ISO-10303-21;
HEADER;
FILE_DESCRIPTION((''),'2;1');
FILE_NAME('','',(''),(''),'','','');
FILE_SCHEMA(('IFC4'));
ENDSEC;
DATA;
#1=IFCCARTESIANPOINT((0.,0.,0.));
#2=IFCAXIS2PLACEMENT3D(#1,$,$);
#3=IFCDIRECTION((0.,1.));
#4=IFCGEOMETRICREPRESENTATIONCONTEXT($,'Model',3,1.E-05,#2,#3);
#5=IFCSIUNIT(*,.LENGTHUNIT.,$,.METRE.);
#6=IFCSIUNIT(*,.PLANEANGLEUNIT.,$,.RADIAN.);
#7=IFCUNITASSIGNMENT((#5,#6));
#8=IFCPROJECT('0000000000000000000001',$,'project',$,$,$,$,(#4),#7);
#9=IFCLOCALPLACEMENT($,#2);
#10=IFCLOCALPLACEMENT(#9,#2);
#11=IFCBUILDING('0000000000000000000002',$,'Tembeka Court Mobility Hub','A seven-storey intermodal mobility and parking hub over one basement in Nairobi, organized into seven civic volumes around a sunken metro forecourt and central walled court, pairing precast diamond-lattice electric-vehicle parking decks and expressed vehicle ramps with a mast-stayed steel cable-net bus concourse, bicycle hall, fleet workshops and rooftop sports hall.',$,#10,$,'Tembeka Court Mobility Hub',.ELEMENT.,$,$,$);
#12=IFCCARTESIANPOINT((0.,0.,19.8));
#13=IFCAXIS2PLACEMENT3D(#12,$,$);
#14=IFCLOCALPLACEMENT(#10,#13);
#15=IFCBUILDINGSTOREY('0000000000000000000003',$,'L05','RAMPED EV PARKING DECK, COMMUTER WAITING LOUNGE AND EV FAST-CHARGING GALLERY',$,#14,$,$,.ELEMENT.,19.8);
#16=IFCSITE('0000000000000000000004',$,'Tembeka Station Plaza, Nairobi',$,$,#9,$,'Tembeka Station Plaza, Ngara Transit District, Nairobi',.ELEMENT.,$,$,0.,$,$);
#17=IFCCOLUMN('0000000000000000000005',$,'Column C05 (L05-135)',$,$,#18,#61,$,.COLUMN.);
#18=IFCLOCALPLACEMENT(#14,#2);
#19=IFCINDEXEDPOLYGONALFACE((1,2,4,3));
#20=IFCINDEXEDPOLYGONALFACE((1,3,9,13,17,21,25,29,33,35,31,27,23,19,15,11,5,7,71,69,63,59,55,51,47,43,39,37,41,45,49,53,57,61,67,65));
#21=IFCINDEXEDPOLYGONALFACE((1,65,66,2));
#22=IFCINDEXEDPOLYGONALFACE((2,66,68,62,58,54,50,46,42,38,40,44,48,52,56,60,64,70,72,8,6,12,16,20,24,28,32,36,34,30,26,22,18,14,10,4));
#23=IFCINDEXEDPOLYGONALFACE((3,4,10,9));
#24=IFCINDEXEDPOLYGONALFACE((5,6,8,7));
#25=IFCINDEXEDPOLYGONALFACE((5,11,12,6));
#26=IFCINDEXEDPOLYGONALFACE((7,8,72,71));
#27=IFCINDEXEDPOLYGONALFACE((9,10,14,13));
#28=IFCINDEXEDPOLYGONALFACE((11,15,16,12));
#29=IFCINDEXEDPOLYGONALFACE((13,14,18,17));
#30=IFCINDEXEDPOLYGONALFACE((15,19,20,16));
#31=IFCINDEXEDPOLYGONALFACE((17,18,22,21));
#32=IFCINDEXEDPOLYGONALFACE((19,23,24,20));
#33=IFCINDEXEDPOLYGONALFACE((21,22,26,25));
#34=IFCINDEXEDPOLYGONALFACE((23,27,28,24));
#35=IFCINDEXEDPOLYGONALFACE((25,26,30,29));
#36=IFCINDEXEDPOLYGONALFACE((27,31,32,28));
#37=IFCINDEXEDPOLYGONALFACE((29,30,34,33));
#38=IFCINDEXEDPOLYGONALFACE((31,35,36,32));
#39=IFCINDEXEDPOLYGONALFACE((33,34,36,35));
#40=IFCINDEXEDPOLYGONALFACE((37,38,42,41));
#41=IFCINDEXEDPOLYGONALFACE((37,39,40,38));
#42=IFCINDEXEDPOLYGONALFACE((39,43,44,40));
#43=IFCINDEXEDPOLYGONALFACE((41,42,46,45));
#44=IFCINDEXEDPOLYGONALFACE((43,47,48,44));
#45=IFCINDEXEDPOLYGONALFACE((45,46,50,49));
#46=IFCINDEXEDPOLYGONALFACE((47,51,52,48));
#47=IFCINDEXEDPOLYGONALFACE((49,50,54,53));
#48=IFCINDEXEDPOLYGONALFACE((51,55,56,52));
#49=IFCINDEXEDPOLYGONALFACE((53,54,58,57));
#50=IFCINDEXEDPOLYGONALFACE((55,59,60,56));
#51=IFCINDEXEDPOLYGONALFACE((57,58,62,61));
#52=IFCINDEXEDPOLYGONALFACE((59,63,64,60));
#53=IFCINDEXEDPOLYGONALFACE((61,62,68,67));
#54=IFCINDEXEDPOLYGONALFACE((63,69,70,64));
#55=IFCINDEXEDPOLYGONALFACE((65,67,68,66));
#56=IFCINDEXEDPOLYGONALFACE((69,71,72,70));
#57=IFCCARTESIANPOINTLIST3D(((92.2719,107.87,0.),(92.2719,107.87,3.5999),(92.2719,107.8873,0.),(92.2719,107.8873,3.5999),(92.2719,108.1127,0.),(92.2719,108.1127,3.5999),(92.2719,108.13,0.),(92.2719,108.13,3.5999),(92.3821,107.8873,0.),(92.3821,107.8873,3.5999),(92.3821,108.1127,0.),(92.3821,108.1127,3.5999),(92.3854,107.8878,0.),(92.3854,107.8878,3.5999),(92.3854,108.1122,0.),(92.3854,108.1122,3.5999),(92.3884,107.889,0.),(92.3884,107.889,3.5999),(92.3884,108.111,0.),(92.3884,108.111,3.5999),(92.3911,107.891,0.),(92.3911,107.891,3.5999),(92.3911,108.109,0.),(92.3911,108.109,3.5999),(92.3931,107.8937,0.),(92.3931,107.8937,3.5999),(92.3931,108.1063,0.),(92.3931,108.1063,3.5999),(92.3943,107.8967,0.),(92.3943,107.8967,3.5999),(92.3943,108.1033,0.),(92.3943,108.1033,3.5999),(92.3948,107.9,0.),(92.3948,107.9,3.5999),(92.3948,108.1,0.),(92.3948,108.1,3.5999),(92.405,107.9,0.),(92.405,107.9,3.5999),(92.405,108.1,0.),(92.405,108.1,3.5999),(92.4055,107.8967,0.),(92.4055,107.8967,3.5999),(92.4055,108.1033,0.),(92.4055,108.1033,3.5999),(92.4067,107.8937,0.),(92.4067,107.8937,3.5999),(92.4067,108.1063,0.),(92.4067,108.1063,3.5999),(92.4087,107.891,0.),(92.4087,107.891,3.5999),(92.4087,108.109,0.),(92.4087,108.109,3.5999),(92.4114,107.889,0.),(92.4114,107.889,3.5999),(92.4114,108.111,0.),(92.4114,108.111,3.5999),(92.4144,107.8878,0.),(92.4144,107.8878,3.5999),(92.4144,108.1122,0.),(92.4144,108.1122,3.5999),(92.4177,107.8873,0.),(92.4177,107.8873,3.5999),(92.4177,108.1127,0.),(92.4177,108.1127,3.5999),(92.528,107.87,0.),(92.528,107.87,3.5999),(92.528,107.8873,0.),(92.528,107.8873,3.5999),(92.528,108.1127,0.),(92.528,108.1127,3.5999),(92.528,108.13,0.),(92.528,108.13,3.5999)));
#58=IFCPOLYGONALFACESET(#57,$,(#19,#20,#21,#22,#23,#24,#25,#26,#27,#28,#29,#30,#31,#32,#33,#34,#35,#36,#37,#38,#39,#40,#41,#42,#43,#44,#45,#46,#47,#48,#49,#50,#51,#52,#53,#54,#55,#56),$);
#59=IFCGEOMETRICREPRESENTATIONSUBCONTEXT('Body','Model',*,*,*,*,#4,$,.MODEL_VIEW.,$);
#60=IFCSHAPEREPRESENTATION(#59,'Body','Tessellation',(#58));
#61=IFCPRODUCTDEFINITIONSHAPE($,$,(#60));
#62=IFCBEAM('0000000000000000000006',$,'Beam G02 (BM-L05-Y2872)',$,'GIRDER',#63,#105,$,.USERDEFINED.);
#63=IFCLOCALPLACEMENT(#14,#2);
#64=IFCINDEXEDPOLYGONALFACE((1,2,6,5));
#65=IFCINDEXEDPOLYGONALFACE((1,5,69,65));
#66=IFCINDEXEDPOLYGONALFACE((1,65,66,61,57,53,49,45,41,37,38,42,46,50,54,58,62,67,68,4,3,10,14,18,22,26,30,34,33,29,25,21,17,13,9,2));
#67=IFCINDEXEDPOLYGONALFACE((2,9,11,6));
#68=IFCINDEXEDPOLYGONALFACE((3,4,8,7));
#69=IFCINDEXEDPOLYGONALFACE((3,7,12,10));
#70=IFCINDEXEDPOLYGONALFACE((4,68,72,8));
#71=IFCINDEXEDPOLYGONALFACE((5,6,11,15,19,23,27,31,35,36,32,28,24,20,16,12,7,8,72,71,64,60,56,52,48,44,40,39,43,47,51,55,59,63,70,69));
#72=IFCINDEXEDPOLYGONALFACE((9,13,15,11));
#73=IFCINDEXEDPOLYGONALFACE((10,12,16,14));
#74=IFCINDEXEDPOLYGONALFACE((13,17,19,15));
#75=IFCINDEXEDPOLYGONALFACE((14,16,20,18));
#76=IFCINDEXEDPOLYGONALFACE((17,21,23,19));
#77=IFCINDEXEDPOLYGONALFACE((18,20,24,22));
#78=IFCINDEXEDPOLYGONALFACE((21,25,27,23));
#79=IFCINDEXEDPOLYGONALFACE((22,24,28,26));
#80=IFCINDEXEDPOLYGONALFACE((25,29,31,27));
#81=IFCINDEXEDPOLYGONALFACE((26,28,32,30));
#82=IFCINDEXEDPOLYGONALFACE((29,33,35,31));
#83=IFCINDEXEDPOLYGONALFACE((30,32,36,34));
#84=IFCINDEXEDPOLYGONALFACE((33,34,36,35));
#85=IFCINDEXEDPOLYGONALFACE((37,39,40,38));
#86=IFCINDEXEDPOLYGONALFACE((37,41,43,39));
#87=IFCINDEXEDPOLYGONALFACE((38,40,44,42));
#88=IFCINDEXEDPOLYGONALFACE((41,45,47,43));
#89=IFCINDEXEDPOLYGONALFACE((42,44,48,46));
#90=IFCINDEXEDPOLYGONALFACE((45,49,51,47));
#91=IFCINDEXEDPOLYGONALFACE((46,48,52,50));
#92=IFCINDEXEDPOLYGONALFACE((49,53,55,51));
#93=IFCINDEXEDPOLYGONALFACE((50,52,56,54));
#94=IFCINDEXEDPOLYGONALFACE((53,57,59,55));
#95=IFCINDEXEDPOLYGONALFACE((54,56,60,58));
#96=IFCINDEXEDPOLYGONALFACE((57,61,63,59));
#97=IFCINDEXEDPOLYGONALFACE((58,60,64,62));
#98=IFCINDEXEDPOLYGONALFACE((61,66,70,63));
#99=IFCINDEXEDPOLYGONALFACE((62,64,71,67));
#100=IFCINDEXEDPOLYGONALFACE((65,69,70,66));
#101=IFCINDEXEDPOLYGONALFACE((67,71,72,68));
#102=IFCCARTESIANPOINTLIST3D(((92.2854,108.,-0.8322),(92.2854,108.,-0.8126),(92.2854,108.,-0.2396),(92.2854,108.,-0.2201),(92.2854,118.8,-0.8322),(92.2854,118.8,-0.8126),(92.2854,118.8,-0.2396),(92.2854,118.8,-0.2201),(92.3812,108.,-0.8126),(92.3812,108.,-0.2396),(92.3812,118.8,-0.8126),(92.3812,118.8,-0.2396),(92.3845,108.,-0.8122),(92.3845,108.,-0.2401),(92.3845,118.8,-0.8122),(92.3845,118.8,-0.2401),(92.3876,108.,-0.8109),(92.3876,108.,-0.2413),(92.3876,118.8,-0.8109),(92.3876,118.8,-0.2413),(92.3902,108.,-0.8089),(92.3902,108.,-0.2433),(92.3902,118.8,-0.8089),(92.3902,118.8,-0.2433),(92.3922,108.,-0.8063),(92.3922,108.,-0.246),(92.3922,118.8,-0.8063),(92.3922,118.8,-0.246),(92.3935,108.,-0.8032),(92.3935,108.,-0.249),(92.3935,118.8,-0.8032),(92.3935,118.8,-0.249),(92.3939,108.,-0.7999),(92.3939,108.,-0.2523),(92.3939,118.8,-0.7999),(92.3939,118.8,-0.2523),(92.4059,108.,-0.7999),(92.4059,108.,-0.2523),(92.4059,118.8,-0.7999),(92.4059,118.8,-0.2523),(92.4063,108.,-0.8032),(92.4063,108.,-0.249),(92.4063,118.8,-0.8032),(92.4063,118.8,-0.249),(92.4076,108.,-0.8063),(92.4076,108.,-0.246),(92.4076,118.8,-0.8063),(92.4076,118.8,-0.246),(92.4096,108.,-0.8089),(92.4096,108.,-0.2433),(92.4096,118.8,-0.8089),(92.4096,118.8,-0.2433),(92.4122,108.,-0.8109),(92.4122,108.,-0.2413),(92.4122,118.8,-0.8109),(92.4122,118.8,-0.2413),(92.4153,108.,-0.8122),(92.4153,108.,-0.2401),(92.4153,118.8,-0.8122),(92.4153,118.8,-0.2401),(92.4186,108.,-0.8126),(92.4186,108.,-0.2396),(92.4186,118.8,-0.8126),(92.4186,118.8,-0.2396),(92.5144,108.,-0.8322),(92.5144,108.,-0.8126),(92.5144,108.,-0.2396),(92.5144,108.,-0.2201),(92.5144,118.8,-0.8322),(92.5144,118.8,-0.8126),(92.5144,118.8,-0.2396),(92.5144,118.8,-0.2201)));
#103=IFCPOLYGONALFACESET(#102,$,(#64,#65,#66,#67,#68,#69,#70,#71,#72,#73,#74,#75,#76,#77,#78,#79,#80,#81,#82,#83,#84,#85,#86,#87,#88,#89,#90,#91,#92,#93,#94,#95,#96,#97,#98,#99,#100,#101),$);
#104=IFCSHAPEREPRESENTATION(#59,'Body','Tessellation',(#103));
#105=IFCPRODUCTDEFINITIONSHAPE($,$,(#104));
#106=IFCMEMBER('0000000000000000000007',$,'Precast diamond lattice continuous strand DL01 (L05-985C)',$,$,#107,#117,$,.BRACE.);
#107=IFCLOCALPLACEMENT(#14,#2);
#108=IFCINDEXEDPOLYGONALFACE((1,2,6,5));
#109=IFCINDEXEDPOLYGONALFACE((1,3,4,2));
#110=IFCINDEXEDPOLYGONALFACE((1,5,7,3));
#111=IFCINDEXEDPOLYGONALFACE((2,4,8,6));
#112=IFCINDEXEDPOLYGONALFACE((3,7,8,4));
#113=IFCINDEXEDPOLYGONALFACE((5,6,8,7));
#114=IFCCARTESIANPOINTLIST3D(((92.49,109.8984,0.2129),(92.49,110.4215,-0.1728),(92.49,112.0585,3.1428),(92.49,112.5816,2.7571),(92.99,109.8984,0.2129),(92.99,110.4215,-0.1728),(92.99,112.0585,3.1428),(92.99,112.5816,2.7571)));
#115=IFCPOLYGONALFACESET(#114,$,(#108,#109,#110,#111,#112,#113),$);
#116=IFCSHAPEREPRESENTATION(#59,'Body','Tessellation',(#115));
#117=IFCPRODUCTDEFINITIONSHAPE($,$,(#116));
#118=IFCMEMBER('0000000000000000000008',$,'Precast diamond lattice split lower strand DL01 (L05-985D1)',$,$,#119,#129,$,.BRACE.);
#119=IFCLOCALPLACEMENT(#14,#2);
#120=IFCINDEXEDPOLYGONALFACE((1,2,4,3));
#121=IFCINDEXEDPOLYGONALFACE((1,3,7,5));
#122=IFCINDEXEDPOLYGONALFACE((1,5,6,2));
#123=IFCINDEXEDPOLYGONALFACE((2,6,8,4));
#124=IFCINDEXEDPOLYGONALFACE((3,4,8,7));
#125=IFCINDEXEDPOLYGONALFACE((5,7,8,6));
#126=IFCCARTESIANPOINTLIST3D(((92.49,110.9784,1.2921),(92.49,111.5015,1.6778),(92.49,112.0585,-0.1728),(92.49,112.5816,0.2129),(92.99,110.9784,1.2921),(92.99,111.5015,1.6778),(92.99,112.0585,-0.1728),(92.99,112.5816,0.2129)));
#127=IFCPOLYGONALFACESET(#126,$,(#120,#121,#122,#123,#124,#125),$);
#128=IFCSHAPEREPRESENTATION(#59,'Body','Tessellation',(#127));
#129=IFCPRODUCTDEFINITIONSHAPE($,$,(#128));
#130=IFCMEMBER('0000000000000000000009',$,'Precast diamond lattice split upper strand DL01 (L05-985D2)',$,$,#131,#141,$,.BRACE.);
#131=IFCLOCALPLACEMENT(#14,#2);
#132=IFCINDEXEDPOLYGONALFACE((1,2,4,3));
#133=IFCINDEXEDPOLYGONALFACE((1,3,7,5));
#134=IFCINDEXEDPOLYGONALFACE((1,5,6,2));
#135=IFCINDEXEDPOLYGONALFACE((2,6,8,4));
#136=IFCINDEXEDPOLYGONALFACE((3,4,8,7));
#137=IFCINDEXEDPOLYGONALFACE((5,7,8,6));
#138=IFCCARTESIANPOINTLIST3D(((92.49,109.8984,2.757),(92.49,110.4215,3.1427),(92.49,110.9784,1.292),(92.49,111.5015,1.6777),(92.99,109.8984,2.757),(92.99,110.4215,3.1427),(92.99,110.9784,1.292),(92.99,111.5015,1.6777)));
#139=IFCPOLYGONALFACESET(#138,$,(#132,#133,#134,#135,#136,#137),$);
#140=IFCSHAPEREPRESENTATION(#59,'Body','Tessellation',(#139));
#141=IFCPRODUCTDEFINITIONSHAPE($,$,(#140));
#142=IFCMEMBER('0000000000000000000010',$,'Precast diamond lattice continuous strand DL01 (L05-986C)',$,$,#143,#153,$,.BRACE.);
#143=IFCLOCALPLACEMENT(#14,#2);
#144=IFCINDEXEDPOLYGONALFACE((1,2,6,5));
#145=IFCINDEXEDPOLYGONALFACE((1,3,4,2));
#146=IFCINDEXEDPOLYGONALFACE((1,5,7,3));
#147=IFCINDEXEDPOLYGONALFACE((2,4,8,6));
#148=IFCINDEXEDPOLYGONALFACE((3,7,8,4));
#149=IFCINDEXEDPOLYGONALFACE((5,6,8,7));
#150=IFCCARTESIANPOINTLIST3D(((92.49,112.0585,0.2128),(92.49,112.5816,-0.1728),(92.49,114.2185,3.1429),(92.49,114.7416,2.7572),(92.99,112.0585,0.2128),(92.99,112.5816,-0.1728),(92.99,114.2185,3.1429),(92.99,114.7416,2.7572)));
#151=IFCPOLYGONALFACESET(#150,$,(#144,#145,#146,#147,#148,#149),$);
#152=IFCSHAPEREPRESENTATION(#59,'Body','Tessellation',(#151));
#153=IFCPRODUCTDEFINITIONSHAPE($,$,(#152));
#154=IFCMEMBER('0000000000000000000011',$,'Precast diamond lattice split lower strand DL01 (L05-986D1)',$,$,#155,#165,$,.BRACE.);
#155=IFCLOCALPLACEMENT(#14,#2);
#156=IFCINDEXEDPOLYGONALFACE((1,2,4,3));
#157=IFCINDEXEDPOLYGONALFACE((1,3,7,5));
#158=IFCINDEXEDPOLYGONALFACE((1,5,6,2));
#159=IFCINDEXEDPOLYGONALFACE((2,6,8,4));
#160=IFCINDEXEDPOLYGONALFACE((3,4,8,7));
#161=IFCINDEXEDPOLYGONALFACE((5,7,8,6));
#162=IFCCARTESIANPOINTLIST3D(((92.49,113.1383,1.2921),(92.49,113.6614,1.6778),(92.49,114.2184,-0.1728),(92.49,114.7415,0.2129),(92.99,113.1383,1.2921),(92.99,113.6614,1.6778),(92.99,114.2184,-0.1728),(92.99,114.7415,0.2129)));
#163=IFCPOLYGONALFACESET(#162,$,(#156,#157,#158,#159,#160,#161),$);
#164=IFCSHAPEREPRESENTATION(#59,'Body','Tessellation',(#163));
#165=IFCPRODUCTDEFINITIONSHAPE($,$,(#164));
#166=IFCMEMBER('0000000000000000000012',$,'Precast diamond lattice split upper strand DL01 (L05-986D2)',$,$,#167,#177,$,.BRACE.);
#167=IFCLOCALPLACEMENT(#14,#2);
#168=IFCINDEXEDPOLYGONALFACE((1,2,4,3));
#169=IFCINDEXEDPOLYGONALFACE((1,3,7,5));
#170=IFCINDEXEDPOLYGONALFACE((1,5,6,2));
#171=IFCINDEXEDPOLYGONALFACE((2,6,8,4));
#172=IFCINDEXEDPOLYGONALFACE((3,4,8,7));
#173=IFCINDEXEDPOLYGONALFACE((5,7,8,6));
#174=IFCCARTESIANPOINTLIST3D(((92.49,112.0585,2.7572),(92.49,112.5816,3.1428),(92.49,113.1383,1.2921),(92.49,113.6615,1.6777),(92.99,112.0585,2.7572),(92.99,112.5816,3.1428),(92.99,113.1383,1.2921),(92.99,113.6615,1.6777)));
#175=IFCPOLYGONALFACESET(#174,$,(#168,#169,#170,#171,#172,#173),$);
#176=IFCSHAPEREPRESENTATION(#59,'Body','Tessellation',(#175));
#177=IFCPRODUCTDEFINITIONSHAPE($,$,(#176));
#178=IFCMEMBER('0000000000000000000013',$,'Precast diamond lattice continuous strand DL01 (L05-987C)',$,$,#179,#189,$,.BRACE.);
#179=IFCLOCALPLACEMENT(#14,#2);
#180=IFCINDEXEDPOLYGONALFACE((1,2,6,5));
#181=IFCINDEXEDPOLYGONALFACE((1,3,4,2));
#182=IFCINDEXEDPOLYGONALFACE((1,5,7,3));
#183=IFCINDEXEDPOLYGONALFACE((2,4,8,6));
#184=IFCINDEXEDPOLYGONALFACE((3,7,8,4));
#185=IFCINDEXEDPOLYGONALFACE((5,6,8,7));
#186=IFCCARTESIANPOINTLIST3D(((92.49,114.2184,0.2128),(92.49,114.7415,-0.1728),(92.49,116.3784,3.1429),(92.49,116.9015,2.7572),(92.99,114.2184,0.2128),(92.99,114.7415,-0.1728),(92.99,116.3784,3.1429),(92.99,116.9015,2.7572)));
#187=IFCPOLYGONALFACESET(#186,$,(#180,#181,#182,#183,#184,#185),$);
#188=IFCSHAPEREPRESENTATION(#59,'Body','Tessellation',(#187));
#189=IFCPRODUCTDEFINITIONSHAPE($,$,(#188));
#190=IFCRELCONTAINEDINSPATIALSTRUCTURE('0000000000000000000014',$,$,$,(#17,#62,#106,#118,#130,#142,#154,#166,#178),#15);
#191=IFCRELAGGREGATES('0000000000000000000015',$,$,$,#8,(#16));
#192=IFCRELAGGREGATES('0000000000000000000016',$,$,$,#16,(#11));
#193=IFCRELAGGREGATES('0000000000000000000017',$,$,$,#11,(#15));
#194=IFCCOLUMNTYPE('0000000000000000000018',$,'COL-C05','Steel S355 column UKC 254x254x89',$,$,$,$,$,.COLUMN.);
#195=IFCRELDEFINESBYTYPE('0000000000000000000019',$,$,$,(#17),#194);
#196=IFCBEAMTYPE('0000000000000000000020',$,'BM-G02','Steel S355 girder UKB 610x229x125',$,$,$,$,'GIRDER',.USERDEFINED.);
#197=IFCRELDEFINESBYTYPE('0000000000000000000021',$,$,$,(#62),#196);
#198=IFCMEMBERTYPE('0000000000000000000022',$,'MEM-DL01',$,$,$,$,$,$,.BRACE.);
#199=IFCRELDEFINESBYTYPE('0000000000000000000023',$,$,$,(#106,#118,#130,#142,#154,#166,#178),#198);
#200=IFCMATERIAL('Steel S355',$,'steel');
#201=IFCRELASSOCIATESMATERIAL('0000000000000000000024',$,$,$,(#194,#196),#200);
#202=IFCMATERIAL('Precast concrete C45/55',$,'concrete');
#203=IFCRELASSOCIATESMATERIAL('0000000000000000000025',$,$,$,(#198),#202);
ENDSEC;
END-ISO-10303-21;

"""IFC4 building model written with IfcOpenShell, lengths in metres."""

from ifc_helpers import new_model, si_unit, direction, frame, origin, origin_2d, place, context, subcontext, project, spatial, rectangle, i_section, extrude, material, material_profile, profile_set, type_object, element, save


model = new_model("IFC4")

# Units and contexts
model_context = context("Model", 3, precision=1e-05, world=origin(), true_north=direction((0.0, 1.0)))
body_context = subcontext(model_context, "Body", "Model", "MODEL_VIEW")
ifc_project = project(units=[si_unit("LENGTHUNIT", "METRE"), si_unit("PLANEANGLEUNIT", "RADIAN")], contexts=[model_context])

# Site, building, storey
site_placement = place(None, origin())
site = spatial("IfcSite", under=ifc_project, at=site_placement, Name="Tembeka Station Plaza, Nairobi", LongName="Tembeka Station Plaza, Ngara Transit District, Nairobi", CompositionType="ELEMENT", RefElevation=0.0)
building_placement = place(site_placement, origin())
building = spatial("IfcBuilding", under=site, at=building_placement, Name="Tembeka Court Mobility Hub", Description="A seven-storey intermodal mobility and parking hub over one basement in Nairobi, organized into seven civic volumes around a sunken metro forecourt and central walled court, pairing precast diamond-lattice electric-vehicle parking decks and expressed vehicle ramps with a mast-stayed steel cable-net bus concourse, bicycle hall, fleet workshops and rooftop sports hall.", LongName="Tembeka Court Mobility Hub", CompositionType="ELEMENT")
storey_placement = place(building_placement, frame((0.0, 0.0, 19.8)))
storey = spatial("IfcBuildingStorey", under=building, at=storey_placement, Name="L05", Description="RAMPED EV PARKING DECK, COMMUTER WAITING LOUNGE AND EV FAST-CHARGING GALLERY", CompositionType="ELEMENT", Elevation=19.8)

# Column
ifc_material_1 = material(Name="Steel S355", Category="steel")
ifc_material_profile_1 = material_profile(ifc_material_1, i_section(OverallWidth=0.2561, OverallDepth=0.26, WebThickness=0.0103, FlangeThickness=0.0173, FilletRadius=0.0127, at=origin_2d()), Name="UKC 254x254x89")
ifc_profile_set_1 = profile_set([ifc_material_profile_1], Name="Steel S355")
column_type = type_object("IfcColumnType", Name="COL-C05", Description="Steel S355 column UKC 254x254x89", PredefinedType="COLUMN", material=ifc_profile_set_1)
column_placement = place(storey_placement, frame((92.3999, 108.0, 0.0), z_axis=(0.0, 0.0, 1.0), x_axis=(1.0, 0.0, 0.0)))
element("IfcColumn", 1, at=column_placement, inside=storey, type_object=column_type, Name="Column C05 (L05-135)", PredefinedType="COLUMN", context=body_context, shape_type="SweptSolid", body=[
    extrude(i_section(OverallWidth=0.2561, OverallDepth=0.26, WebThickness=0.0103, FlangeThickness=0.0173, FilletRadius=0.0127, at=origin_2d()), origin(), (0.0, 0.0, 1.0), 3.5999),
])

# Beam
ifc_material_profile_2 = material_profile(ifc_material_1, i_section(OverallWidth=0.229, OverallDepth=0.6121, WebThickness=0.012, FlangeThickness=0.0195, FilletRadius=0.0127, at=origin_2d()), Name="UKB 610x229x125")
ifc_profile_set_2 = profile_set([ifc_material_profile_2], Name="Steel S355")
beam_type = type_object("IfcBeamType", Name="BM-G02", Description="Steel S355 girder UKB 610x229x125", ElementType="GIRDER", PredefinedType="USERDEFINED", material=ifc_profile_set_2)
beam_placement = place(storey_placement, frame((92.3999, 108.0, -0.5261), z_axis=(0.0, 1.0, 0.0), x_axis=(-1.0, 0.0, 0.0)))
element("IfcBeam", 2, at=beam_placement, inside=storey, type_object=beam_type, Name="Beam G02 (BM-L05-Y2872)", ObjectType="GIRDER", PredefinedType="USERDEFINED", context=body_context, shape_type="SweptSolid", body=[
    extrude(i_section(OverallWidth=0.229, OverallDepth=0.6121, WebThickness=0.012, FlangeThickness=0.0195, FilletRadius=0.0127, at=origin_2d()), origin(), (0.0, 0.0, 1.0), 10.8),
])

# Members
ifc_material_2 = material(Name="Precast concrete C45/55", Category="concrete")
ifc_material_profile_3 = material_profile(ifc_material_2, rectangle(XDim=0.5, YDim=0.6499, at=origin_2d()), Name="PC-DIAG 500x650")
ifc_profile_set_3 = profile_set([ifc_material_profile_3], Name="Precast concrete C45/55")
member_type_1 = type_object("IfcMemberType", Name="MEM-DL01", PredefinedType="BRACE", material=ifc_profile_set_3)
member_1_placement = place(storey_placement, frame((92.74, 110.1599, 0.02), z_axis=(0.0, 0.593423, 0.804891), x_axis=(-1.0, 0.0, 0.0)))
element("IfcMember", 3, at=member_1_placement, inside=storey, type_object=member_type_1, Name="Precast diamond lattice continuous strand DL01 (L05-985C)", PredefinedType="BRACE", context=body_context, shape_type="SweptSolid", body=[
    extrude(rectangle(XDim=0.5, YDim=0.6499, at=origin_2d()), origin(), (0.0, 0.0, 1.0), 3.6401),
])
for number, where, z_axis, x_axis, name in (
    (4, (92.74, 112.3201, 0.02), (0.0, -0.593455, 0.804867), (1.0, 0.0, 0.0), "Precast diamond lattice split lower strand DL01 (L05-985D1)"),
    (5, (92.74, 111.24, 1.4849), (0.0, -0.593391, 0.804914), (1.0, 0.0, 0.0), "Precast diamond lattice split upper strand DL01 (L05-985D2)"),
):
    element("IfcMember", number, at=place(storey_placement, frame(where, z_axis=z_axis, x_axis=x_axis)), inside=storey, type_object=member_type_1, Name=name, PredefinedType="BRACE", context=body_context, shape_type="SweptSolid", body=[
        extrude(rectangle(XDim=0.5, YDim=0.6499, at=origin_2d()), origin(), (0.0, 0.0, 1.0), 1.8201),
    ])
member_2_placement = place(storey_placement, frame((92.74, 112.3201, 0.02), z_axis=(0.0, 0.59338, 0.804923), x_axis=(-1.0, 0.0, 0.0)))
element("IfcMember", 6, at=member_2_placement, inside=storey, type_object=member_type_1, Name="Precast diamond lattice continuous strand DL01 (L05-986C)", PredefinedType="BRACE", context=body_context, shape_type="SweptSolid", body=[
    extrude(rectangle(XDim=0.5, YDim=0.6499, at=origin_2d()), origin(), (0.0, 0.0, 1.0), 3.6401),
])
for number, where, z_axis, x_axis, name in (
    (7, (92.74, 114.48, 0.02), (0.0, -0.593455, 0.804867), (1.0, 0.0, 0.0), "Precast diamond lattice split lower strand DL01 (L05-986D1)"),
    (8, (92.74, 113.3999, 1.4849), (0.0, -0.593304, 0.804978), (1.0, 0.0, 0.0), "Precast diamond lattice split upper strand DL01 (L05-986D2)"),
):
    element("IfcMember", number, at=place(storey_placement, frame(where, z_axis=z_axis, x_axis=x_axis)), inside=storey, type_object=member_type_1, Name=name, PredefinedType="BRACE", context=body_context, shape_type="SweptSolid", body=[
        extrude(rectangle(XDim=0.5, YDim=0.6499, at=origin_2d()), origin(), (0.0, 0.0, 1.0), 1.8201),
    ])
member_3_placement = place(storey_placement, frame((92.74, 114.48, 0.02), z_axis=(0.0, 0.59338, 0.804923), x_axis=(-1.0, 0.0, 0.0)))
element("IfcMember", 9, at=member_3_placement, inside=storey, type_object=member_type_1, Name="Precast diamond lattice continuous strand DL01 (L05-987C)", PredefinedType="BRACE", context=body_context, shape_type="SweptSolid", body=[
    extrude(rectangle(XDim=0.5, YDim=0.6499, at=origin_2d()), origin(), (0.0, 0.0, 1.0), 3.6401),
])

save(model, "model.ifc")
